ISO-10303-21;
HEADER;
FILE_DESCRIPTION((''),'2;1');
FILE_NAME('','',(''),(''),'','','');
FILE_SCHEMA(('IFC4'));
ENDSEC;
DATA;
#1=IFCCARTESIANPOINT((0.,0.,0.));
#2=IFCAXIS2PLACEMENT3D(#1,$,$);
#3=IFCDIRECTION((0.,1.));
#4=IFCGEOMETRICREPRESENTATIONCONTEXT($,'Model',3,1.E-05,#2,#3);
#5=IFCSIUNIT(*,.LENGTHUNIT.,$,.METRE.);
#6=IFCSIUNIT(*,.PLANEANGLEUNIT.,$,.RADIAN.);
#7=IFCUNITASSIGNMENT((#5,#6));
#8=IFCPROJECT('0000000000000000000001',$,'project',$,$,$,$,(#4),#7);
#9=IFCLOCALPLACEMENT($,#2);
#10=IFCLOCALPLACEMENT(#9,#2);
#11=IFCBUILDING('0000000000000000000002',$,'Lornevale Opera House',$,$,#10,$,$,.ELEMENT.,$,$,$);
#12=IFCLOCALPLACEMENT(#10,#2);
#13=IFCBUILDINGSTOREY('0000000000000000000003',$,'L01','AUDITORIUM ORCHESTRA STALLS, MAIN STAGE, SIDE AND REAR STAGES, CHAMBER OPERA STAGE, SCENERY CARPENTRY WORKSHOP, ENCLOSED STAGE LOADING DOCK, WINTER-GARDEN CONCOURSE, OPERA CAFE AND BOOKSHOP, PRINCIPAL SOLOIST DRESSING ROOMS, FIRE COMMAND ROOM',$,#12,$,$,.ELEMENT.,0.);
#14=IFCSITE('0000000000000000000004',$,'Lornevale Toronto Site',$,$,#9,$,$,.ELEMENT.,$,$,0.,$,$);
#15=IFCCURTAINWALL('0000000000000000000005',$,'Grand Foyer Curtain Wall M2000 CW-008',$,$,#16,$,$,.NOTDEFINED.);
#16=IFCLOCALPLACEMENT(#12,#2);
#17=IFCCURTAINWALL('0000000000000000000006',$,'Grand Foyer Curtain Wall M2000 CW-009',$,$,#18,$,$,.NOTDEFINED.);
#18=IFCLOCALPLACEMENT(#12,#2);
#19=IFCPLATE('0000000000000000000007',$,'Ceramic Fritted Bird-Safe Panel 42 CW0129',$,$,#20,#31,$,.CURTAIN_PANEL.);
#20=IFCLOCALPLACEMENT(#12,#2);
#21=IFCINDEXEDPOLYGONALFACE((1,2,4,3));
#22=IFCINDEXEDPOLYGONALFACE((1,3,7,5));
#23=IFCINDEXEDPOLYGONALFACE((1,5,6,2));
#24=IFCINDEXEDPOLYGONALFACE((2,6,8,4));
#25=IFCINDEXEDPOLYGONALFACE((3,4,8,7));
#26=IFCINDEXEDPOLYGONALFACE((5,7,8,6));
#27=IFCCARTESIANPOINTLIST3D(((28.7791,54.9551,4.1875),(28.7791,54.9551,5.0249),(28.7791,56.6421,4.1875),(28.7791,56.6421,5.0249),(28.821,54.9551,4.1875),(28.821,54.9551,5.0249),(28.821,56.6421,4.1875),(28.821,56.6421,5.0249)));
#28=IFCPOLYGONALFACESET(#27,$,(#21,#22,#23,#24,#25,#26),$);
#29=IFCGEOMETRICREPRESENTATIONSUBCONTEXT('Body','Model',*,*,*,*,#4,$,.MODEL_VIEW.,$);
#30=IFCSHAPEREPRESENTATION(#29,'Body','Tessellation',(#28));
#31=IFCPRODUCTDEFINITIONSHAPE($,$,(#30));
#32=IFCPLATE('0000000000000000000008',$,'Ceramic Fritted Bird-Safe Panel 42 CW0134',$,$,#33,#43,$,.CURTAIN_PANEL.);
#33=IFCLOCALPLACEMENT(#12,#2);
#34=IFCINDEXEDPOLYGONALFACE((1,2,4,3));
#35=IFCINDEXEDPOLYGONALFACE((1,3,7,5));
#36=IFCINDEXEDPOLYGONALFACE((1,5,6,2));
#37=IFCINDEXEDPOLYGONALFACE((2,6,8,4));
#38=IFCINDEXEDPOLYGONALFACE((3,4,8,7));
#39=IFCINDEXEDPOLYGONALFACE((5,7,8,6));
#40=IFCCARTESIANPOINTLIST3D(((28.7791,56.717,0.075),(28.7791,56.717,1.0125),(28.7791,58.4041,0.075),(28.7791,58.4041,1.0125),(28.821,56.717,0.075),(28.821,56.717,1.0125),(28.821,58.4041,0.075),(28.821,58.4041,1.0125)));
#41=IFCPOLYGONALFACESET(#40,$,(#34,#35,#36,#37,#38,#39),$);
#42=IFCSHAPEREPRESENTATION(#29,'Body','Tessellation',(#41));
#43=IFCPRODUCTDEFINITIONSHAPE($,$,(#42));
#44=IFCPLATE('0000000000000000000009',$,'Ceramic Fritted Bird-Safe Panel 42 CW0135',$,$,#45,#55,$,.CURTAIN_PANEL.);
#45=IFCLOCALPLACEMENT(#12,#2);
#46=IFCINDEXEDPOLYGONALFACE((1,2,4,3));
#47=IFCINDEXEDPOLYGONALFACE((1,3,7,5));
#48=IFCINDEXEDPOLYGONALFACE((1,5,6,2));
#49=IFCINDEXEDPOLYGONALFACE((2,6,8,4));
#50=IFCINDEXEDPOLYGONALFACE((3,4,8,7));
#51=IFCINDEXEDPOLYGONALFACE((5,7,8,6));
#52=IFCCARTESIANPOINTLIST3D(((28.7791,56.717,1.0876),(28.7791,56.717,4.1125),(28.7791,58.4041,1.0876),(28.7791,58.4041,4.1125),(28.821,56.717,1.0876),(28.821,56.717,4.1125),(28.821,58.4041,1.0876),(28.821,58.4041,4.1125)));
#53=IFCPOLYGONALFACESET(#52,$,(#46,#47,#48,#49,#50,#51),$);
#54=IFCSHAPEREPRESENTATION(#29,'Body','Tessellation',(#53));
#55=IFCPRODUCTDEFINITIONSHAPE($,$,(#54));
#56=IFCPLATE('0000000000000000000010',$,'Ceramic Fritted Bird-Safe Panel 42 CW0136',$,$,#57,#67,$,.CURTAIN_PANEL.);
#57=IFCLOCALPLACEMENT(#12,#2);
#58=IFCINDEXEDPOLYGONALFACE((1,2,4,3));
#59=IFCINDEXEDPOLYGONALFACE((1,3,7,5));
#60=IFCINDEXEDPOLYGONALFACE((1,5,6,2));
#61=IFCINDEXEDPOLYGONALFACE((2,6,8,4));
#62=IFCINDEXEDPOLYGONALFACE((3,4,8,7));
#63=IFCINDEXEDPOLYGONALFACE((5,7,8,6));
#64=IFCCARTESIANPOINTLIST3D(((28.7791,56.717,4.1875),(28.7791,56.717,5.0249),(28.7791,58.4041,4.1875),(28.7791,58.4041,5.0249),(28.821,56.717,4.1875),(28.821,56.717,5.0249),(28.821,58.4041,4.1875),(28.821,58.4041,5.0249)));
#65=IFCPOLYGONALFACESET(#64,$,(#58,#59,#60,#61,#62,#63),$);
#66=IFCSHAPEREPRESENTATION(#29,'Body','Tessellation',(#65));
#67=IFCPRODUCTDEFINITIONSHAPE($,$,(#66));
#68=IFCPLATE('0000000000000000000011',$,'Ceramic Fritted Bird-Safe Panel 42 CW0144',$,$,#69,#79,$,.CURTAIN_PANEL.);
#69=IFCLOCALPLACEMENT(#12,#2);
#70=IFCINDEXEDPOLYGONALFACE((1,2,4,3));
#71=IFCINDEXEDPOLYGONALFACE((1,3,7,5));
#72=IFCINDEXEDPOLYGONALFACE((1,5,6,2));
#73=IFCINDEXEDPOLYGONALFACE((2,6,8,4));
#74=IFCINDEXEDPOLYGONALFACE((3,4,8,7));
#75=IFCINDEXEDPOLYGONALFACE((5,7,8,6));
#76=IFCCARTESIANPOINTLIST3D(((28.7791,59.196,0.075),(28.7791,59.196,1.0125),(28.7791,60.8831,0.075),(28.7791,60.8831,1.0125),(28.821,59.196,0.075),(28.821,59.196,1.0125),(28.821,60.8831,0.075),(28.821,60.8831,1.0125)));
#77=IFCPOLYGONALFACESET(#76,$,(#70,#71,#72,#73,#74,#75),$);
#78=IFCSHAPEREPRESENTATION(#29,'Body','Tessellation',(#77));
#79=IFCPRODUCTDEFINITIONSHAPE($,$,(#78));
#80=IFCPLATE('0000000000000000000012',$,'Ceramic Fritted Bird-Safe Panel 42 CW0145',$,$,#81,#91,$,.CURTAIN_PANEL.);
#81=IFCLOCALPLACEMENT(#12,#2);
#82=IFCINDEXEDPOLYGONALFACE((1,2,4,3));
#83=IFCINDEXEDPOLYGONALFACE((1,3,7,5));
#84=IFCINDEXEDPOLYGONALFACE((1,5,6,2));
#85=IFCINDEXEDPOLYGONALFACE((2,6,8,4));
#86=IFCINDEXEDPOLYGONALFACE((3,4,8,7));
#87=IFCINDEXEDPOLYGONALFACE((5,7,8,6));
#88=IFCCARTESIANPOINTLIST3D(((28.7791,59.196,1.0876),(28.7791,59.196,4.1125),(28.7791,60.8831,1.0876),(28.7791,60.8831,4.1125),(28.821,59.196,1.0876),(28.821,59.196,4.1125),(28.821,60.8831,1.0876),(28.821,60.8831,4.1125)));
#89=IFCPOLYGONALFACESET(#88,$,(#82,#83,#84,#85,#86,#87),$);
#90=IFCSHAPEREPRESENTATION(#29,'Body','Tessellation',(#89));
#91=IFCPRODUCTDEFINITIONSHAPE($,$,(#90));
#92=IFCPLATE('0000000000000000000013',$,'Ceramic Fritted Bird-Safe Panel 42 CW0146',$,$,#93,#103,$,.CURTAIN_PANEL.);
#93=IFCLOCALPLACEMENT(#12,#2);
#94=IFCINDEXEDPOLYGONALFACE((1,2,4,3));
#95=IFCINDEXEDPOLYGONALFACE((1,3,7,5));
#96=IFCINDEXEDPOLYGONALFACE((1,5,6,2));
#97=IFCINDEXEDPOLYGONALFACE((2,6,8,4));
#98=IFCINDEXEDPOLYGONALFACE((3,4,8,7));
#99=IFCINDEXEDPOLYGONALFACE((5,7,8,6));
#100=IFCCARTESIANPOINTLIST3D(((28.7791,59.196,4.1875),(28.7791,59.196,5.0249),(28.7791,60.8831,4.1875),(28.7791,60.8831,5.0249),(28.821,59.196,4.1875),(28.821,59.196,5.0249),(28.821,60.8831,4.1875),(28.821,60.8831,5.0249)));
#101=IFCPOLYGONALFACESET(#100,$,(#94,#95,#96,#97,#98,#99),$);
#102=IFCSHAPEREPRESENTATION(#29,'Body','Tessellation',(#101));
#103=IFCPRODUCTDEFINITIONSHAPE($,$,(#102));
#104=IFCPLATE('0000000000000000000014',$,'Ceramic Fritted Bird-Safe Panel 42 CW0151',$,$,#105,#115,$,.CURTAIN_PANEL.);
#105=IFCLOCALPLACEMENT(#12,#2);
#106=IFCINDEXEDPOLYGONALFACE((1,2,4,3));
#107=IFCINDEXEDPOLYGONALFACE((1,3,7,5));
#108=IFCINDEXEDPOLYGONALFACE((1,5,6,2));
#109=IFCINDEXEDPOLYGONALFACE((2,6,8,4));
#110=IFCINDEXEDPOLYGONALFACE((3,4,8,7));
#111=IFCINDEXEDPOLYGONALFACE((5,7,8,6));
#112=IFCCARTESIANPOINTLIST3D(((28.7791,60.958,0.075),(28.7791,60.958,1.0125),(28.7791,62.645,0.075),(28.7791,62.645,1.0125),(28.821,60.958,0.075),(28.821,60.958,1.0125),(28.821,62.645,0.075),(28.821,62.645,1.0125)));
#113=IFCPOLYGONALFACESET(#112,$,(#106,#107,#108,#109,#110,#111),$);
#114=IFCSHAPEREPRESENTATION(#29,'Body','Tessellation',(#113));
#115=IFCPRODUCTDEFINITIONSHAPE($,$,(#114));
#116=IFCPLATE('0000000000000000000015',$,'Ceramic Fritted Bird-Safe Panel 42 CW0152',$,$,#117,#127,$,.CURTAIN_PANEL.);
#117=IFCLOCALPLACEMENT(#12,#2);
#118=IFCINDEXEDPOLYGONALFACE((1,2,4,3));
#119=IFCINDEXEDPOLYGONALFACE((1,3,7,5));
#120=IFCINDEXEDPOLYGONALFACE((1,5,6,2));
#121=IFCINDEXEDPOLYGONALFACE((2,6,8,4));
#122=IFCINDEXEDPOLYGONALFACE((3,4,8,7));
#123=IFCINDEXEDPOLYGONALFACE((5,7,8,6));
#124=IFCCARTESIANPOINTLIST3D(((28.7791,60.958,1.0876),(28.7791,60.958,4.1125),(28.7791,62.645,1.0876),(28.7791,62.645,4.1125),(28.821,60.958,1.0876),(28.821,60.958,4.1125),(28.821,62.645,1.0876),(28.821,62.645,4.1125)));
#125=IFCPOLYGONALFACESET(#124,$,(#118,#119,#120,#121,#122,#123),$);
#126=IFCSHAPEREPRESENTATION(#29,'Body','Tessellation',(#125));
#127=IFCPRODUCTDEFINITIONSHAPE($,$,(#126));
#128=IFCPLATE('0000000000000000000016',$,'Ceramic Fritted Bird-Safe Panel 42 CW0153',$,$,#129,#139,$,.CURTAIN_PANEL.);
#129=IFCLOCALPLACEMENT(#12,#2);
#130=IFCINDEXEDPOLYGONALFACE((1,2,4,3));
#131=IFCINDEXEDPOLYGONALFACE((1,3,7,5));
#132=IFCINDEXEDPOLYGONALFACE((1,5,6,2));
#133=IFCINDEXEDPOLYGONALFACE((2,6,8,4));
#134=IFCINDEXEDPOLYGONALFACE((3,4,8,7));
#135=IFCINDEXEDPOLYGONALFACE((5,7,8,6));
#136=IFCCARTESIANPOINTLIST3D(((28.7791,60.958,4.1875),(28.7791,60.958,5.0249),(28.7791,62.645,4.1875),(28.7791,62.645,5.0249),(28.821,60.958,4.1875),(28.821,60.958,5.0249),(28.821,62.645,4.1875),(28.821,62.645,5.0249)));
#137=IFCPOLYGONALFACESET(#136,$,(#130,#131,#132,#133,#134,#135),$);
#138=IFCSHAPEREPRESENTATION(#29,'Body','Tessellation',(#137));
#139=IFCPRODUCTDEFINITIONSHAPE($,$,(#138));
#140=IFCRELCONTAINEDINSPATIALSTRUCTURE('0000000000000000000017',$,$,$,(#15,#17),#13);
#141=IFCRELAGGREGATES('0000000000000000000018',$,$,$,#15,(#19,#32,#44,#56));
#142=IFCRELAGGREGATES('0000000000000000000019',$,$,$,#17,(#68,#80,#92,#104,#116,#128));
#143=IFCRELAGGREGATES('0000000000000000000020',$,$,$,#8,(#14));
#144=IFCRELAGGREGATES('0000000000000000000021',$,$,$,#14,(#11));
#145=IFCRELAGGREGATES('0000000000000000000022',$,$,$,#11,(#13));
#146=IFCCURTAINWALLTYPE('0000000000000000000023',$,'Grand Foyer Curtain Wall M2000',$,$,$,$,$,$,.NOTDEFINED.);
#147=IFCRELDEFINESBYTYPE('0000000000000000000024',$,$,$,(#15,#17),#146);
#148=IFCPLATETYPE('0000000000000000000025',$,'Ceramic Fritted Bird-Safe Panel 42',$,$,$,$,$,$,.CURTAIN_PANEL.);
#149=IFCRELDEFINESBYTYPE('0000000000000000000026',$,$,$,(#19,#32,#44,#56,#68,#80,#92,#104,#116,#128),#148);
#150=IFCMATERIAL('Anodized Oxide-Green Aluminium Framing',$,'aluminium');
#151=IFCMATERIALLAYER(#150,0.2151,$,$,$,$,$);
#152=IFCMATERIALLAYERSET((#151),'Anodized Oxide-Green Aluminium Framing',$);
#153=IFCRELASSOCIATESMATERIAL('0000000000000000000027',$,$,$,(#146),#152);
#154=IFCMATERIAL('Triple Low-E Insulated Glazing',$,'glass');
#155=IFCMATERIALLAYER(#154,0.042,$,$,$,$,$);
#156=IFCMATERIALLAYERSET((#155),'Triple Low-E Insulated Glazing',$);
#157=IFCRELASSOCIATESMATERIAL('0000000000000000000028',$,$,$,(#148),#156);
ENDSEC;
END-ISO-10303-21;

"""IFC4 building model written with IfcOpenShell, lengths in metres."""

from ifc_helpers import new_model, si_unit, direction, frame, origin, origin_2d, place, context, subcontext, project, spatial, rectangle, extrude, material, layer, layer_set, type_object, element, aggregate, save


model = new_model("IFC4")

# Units and contexts
model_context = context("Model", 3, precision=1e-05, world=origin(), true_north=direction((0.0, 1.0)))
body_context = subcontext(model_context, "Body", "Model", "MODEL_VIEW")
ifc_project = project(units=[si_unit("LENGTHUNIT", "METRE"), si_unit("PLANEANGLEUNIT", "RADIAN")], contexts=[model_context])

# Site, building, storey
site_placement = place(None, origin())
site = spatial("IfcSite", under=ifc_project, at=site_placement, Name="Lornevale Toronto Site", CompositionType="ELEMENT", RefElevation=0.0)
building_placement = place(site_placement, origin())
building = spatial("IfcBuilding", under=site, at=building_placement, Name="Lornevale Opera House", CompositionType="ELEMENT")
storey_placement = place(building_placement, origin())
storey = spatial("IfcBuildingStorey", under=building, at=storey_placement, Name="L01", Description="AUDITORIUM ORCHESTRA STALLS, MAIN STAGE, SIDE AND REAR STAGES, CHAMBER OPERA STAGE, SCENERY CARPENTRY WORKSHOP, ENCLOSED STAGE LOADING DOCK, WINTER-GARDEN CONCOURSE, OPERA CAFE AND BOOKSHOP, PRINCIPAL SOLOIST DRESSING ROOMS, FIRE COMMAND ROOM", CompositionType="ELEMENT", Elevation=0.0)

# Curtain walls
ifc_material_1 = material(Name="Anodized Oxide-Green Aluminium Framing", Category="aluminium")
ifc_layer_1 = layer(ifc_material_1, 0.2151)
ifc_layer_set_1 = layer_set([ifc_layer_1], Name="Anodized Oxide-Green Aluminium Framing")
curtain_wall_type = type_object("IfcCurtainWallType", Name="Grand Foyer Curtain Wall M2000", PredefinedType="NOTDEFINED", material=ifc_layer_set_1)
curtain_wall_1_placement = place(storey_placement, origin())
curtain_wall_1 = element("IfcCurtainWall", 1, at=curtain_wall_1_placement, inside=storey, type_object=curtain_wall_type, Name="Grand Foyer Curtain Wall M2000 CW-008", PredefinedType="NOTDEFINED")
curtain_wall_2_placement = place(storey_placement, origin())
curtain_wall_2 = element("IfcCurtainWall", 2, at=curtain_wall_2_placement, inside=storey, type_object=curtain_wall_type, Name="Grand Foyer Curtain Wall M2000 CW-009", PredefinedType="NOTDEFINED")

# Plates
ifc_material_2 = material(Name="Triple Low-E Insulated Glazing", Category="glass")
ifc_layer_2 = layer(ifc_material_2, 0.042)
ifc_layer_set_2 = layer_set([ifc_layer_2], Name="Triple Low-E Insulated Glazing")
plate_type = type_object("IfcPlateType", Name="Ceramic Fritted Bird-Safe Panel 42", PredefinedType="CURTAIN_PANEL", material=ifc_layer_set_2)
plate_1_placement = place(storey_placement, frame((28.8, 55.7986, 4.1875), z_axis=(0.0, 0.0, 1.0), x_axis=(0.0, 1.0, 0.0)))
plate_1 = element("IfcPlate", 3, at=plate_1_placement, type_object=plate_type, Name="Ceramic Fritted Bird-Safe Panel 42 CW0129", PredefinedType="CURTAIN_PANEL", context=body_context, shape_type="SweptSolid", body=[
    extrude(rectangle(XDim=1.687, YDim=0.042, at=origin_2d()), origin(), (0.0, 0.0, 1.0), 0.8374),
])
plate_2_placement = place(storey_placement, frame((28.8, 57.5605, 0.075), z_axis=(0.0, 0.0, 1.0), x_axis=(0.0, 1.0, 0.0)))
plate_2 = element("IfcPlate", 4, at=plate_2_placement, type_object=plate_type, Name="Ceramic Fritted Bird-Safe Panel 42 CW0134", PredefinedType="CURTAIN_PANEL", context=body_context, shape_type="SweptSolid", body=[
    extrude(rectangle(XDim=1.687, YDim=0.042, at=origin_2d()), origin(), (0.0, 0.0, 1.0), 0.9375),
])
plate_3_placement = place(storey_placement, frame((28.8, 57.5605, 1.0876), z_axis=(0.0, 0.0, 1.0), x_axis=(0.0, 1.0, 0.0)))
plate_3 = element("IfcPlate", 5, at=plate_3_placement, type_object=plate_type, Name="Ceramic Fritted Bird-Safe Panel 42 CW0135", PredefinedType="CURTAIN_PANEL", context=body_context, shape_type="SweptSolid", body=[
    extrude(rectangle(XDim=1.687, YDim=0.042, at=origin_2d()), origin(), (0.0, 0.0, 1.0), 3.0249),
])
plate_4_placement = place(storey_placement, frame((28.8, 57.5605, 4.1875), z_axis=(0.0, 0.0, 1.0), x_axis=(0.0, 1.0, 0.0)))
plate_4 = element("IfcPlate", 6, at=plate_4_placement, type_object=plate_type, Name="Ceramic Fritted Bird-Safe Panel 42 CW0136", PredefinedType="CURTAIN_PANEL", context=body_context, shape_type="SweptSolid", body=[
    extrude(rectangle(XDim=1.687, YDim=0.042, at=origin_2d()), origin(), (0.0, 0.0, 1.0), 0.8374),
])
aggregate(curtain_wall_1, [plate_1, plate_2, plate_3, plate_4])
plate_5_placement = place(storey_placement, frame((28.8, 60.0396, 0.075), z_axis=(0.0, 0.0, 1.0), x_axis=(0.0, 1.0, 0.0)))
plate_5 = element("IfcPlate", 7, at=plate_5_placement, type_object=plate_type, Name="Ceramic Fritted Bird-Safe Panel 42 CW0144", PredefinedType="CURTAIN_PANEL", context=body_context, shape_type="SweptSolid", body=[
    extrude(rectangle(XDim=1.687, YDim=0.042, at=origin_2d()), origin(), (0.0, 0.0, 1.0), 0.9375),
])
plate_6_placement = place(storey_placement, frame((28.8, 60.0396, 1.0876), z_axis=(0.0, 0.0, 1.0), x_axis=(0.0, 1.0, 0.0)))
plate_6 = element("IfcPlate", 8, at=plate_6_placement, type_object=plate_type, Name="Ceramic Fritted Bird-Safe Panel 42 CW0145", PredefinedType="CURTAIN_PANEL", context=body_context, shape_type="SweptSolid", body=[
    extrude(rectangle(XDim=1.687, YDim=0.042, at=origin_2d()), origin(), (0.0, 0.0, 1.0), 3.0249),
])
plate_7_placement = place(storey_placement, frame((28.8, 60.0396, 4.1875), z_axis=(0.0, 0.0, 1.0), x_axis=(0.0, 1.0, 0.0)))
plate_7 = element("IfcPlate", 9, at=plate_7_placement, type_object=plate_type, Name="Ceramic Fritted Bird-Safe Panel 42 CW0146", PredefinedType="CURTAIN_PANEL", context=body_context, shape_type="SweptSolid", body=[
    extrude(rectangle(XDim=1.687, YDim=0.042, at=origin_2d()), origin(), (0.0, 0.0, 1.0), 0.8374),
])
plate_8_placement = place(storey_placement, frame((28.8, 61.8015, 0.075), z_axis=(0.0, 0.0, 1.0), x_axis=(0.0, 1.0, 0.0)))
plate_8 = element("IfcPlate", 10, at=plate_8_placement, type_object=plate_type, Name="Ceramic Fritted Bird-Safe Panel 42 CW0151", PredefinedType="CURTAIN_PANEL", context=body_context, shape_type="SweptSolid", body=[
    extrude(rectangle(XDim=1.687, YDim=0.042, at=origin_2d()), origin(), (0.0, 0.0, 1.0), 0.9375),
])
plate_9_placement = place(storey_placement, frame((28.8, 61.8015, 1.0876), z_axis=(0.0, 0.0, 1.0), x_axis=(0.0, 1.0, 0.0)))
plate_9 = element("IfcPlate", 11, at=plate_9_placement, type_object=plate_type, Name="Ceramic Fritted Bird-Safe Panel 42 CW0152", PredefinedType="CURTAIN_PANEL", context=body_context, shape_type="SweptSolid", body=[
    extrude(rectangle(XDim=1.687, YDim=0.042, at=origin_2d()), origin(), (0.0, 0.0, 1.0), 3.0249),
])
plate_10_placement = place(storey_placement, frame((28.8, 61.8015, 4.1875), z_axis=(0.0, 0.0, 1.0), x_axis=(0.0, 1.0, 0.0)))
plate_10 = element("IfcPlate", 12, at=plate_10_placement, type_object=plate_type, Name="Ceramic Fritted Bird-Safe Panel 42 CW0153", PredefinedType="CURTAIN_PANEL", context=body_context, shape_type="SweptSolid", body=[
    extrude(rectangle(XDim=1.687, YDim=0.042, at=origin_2d()), origin(), (0.0, 0.0, 1.0), 0.8374),
])
aggregate(curtain_wall_2, [plate_5, plate_6, plate_7, plate_8, plate_9, plate_10])

save(model, "model.ifc")
